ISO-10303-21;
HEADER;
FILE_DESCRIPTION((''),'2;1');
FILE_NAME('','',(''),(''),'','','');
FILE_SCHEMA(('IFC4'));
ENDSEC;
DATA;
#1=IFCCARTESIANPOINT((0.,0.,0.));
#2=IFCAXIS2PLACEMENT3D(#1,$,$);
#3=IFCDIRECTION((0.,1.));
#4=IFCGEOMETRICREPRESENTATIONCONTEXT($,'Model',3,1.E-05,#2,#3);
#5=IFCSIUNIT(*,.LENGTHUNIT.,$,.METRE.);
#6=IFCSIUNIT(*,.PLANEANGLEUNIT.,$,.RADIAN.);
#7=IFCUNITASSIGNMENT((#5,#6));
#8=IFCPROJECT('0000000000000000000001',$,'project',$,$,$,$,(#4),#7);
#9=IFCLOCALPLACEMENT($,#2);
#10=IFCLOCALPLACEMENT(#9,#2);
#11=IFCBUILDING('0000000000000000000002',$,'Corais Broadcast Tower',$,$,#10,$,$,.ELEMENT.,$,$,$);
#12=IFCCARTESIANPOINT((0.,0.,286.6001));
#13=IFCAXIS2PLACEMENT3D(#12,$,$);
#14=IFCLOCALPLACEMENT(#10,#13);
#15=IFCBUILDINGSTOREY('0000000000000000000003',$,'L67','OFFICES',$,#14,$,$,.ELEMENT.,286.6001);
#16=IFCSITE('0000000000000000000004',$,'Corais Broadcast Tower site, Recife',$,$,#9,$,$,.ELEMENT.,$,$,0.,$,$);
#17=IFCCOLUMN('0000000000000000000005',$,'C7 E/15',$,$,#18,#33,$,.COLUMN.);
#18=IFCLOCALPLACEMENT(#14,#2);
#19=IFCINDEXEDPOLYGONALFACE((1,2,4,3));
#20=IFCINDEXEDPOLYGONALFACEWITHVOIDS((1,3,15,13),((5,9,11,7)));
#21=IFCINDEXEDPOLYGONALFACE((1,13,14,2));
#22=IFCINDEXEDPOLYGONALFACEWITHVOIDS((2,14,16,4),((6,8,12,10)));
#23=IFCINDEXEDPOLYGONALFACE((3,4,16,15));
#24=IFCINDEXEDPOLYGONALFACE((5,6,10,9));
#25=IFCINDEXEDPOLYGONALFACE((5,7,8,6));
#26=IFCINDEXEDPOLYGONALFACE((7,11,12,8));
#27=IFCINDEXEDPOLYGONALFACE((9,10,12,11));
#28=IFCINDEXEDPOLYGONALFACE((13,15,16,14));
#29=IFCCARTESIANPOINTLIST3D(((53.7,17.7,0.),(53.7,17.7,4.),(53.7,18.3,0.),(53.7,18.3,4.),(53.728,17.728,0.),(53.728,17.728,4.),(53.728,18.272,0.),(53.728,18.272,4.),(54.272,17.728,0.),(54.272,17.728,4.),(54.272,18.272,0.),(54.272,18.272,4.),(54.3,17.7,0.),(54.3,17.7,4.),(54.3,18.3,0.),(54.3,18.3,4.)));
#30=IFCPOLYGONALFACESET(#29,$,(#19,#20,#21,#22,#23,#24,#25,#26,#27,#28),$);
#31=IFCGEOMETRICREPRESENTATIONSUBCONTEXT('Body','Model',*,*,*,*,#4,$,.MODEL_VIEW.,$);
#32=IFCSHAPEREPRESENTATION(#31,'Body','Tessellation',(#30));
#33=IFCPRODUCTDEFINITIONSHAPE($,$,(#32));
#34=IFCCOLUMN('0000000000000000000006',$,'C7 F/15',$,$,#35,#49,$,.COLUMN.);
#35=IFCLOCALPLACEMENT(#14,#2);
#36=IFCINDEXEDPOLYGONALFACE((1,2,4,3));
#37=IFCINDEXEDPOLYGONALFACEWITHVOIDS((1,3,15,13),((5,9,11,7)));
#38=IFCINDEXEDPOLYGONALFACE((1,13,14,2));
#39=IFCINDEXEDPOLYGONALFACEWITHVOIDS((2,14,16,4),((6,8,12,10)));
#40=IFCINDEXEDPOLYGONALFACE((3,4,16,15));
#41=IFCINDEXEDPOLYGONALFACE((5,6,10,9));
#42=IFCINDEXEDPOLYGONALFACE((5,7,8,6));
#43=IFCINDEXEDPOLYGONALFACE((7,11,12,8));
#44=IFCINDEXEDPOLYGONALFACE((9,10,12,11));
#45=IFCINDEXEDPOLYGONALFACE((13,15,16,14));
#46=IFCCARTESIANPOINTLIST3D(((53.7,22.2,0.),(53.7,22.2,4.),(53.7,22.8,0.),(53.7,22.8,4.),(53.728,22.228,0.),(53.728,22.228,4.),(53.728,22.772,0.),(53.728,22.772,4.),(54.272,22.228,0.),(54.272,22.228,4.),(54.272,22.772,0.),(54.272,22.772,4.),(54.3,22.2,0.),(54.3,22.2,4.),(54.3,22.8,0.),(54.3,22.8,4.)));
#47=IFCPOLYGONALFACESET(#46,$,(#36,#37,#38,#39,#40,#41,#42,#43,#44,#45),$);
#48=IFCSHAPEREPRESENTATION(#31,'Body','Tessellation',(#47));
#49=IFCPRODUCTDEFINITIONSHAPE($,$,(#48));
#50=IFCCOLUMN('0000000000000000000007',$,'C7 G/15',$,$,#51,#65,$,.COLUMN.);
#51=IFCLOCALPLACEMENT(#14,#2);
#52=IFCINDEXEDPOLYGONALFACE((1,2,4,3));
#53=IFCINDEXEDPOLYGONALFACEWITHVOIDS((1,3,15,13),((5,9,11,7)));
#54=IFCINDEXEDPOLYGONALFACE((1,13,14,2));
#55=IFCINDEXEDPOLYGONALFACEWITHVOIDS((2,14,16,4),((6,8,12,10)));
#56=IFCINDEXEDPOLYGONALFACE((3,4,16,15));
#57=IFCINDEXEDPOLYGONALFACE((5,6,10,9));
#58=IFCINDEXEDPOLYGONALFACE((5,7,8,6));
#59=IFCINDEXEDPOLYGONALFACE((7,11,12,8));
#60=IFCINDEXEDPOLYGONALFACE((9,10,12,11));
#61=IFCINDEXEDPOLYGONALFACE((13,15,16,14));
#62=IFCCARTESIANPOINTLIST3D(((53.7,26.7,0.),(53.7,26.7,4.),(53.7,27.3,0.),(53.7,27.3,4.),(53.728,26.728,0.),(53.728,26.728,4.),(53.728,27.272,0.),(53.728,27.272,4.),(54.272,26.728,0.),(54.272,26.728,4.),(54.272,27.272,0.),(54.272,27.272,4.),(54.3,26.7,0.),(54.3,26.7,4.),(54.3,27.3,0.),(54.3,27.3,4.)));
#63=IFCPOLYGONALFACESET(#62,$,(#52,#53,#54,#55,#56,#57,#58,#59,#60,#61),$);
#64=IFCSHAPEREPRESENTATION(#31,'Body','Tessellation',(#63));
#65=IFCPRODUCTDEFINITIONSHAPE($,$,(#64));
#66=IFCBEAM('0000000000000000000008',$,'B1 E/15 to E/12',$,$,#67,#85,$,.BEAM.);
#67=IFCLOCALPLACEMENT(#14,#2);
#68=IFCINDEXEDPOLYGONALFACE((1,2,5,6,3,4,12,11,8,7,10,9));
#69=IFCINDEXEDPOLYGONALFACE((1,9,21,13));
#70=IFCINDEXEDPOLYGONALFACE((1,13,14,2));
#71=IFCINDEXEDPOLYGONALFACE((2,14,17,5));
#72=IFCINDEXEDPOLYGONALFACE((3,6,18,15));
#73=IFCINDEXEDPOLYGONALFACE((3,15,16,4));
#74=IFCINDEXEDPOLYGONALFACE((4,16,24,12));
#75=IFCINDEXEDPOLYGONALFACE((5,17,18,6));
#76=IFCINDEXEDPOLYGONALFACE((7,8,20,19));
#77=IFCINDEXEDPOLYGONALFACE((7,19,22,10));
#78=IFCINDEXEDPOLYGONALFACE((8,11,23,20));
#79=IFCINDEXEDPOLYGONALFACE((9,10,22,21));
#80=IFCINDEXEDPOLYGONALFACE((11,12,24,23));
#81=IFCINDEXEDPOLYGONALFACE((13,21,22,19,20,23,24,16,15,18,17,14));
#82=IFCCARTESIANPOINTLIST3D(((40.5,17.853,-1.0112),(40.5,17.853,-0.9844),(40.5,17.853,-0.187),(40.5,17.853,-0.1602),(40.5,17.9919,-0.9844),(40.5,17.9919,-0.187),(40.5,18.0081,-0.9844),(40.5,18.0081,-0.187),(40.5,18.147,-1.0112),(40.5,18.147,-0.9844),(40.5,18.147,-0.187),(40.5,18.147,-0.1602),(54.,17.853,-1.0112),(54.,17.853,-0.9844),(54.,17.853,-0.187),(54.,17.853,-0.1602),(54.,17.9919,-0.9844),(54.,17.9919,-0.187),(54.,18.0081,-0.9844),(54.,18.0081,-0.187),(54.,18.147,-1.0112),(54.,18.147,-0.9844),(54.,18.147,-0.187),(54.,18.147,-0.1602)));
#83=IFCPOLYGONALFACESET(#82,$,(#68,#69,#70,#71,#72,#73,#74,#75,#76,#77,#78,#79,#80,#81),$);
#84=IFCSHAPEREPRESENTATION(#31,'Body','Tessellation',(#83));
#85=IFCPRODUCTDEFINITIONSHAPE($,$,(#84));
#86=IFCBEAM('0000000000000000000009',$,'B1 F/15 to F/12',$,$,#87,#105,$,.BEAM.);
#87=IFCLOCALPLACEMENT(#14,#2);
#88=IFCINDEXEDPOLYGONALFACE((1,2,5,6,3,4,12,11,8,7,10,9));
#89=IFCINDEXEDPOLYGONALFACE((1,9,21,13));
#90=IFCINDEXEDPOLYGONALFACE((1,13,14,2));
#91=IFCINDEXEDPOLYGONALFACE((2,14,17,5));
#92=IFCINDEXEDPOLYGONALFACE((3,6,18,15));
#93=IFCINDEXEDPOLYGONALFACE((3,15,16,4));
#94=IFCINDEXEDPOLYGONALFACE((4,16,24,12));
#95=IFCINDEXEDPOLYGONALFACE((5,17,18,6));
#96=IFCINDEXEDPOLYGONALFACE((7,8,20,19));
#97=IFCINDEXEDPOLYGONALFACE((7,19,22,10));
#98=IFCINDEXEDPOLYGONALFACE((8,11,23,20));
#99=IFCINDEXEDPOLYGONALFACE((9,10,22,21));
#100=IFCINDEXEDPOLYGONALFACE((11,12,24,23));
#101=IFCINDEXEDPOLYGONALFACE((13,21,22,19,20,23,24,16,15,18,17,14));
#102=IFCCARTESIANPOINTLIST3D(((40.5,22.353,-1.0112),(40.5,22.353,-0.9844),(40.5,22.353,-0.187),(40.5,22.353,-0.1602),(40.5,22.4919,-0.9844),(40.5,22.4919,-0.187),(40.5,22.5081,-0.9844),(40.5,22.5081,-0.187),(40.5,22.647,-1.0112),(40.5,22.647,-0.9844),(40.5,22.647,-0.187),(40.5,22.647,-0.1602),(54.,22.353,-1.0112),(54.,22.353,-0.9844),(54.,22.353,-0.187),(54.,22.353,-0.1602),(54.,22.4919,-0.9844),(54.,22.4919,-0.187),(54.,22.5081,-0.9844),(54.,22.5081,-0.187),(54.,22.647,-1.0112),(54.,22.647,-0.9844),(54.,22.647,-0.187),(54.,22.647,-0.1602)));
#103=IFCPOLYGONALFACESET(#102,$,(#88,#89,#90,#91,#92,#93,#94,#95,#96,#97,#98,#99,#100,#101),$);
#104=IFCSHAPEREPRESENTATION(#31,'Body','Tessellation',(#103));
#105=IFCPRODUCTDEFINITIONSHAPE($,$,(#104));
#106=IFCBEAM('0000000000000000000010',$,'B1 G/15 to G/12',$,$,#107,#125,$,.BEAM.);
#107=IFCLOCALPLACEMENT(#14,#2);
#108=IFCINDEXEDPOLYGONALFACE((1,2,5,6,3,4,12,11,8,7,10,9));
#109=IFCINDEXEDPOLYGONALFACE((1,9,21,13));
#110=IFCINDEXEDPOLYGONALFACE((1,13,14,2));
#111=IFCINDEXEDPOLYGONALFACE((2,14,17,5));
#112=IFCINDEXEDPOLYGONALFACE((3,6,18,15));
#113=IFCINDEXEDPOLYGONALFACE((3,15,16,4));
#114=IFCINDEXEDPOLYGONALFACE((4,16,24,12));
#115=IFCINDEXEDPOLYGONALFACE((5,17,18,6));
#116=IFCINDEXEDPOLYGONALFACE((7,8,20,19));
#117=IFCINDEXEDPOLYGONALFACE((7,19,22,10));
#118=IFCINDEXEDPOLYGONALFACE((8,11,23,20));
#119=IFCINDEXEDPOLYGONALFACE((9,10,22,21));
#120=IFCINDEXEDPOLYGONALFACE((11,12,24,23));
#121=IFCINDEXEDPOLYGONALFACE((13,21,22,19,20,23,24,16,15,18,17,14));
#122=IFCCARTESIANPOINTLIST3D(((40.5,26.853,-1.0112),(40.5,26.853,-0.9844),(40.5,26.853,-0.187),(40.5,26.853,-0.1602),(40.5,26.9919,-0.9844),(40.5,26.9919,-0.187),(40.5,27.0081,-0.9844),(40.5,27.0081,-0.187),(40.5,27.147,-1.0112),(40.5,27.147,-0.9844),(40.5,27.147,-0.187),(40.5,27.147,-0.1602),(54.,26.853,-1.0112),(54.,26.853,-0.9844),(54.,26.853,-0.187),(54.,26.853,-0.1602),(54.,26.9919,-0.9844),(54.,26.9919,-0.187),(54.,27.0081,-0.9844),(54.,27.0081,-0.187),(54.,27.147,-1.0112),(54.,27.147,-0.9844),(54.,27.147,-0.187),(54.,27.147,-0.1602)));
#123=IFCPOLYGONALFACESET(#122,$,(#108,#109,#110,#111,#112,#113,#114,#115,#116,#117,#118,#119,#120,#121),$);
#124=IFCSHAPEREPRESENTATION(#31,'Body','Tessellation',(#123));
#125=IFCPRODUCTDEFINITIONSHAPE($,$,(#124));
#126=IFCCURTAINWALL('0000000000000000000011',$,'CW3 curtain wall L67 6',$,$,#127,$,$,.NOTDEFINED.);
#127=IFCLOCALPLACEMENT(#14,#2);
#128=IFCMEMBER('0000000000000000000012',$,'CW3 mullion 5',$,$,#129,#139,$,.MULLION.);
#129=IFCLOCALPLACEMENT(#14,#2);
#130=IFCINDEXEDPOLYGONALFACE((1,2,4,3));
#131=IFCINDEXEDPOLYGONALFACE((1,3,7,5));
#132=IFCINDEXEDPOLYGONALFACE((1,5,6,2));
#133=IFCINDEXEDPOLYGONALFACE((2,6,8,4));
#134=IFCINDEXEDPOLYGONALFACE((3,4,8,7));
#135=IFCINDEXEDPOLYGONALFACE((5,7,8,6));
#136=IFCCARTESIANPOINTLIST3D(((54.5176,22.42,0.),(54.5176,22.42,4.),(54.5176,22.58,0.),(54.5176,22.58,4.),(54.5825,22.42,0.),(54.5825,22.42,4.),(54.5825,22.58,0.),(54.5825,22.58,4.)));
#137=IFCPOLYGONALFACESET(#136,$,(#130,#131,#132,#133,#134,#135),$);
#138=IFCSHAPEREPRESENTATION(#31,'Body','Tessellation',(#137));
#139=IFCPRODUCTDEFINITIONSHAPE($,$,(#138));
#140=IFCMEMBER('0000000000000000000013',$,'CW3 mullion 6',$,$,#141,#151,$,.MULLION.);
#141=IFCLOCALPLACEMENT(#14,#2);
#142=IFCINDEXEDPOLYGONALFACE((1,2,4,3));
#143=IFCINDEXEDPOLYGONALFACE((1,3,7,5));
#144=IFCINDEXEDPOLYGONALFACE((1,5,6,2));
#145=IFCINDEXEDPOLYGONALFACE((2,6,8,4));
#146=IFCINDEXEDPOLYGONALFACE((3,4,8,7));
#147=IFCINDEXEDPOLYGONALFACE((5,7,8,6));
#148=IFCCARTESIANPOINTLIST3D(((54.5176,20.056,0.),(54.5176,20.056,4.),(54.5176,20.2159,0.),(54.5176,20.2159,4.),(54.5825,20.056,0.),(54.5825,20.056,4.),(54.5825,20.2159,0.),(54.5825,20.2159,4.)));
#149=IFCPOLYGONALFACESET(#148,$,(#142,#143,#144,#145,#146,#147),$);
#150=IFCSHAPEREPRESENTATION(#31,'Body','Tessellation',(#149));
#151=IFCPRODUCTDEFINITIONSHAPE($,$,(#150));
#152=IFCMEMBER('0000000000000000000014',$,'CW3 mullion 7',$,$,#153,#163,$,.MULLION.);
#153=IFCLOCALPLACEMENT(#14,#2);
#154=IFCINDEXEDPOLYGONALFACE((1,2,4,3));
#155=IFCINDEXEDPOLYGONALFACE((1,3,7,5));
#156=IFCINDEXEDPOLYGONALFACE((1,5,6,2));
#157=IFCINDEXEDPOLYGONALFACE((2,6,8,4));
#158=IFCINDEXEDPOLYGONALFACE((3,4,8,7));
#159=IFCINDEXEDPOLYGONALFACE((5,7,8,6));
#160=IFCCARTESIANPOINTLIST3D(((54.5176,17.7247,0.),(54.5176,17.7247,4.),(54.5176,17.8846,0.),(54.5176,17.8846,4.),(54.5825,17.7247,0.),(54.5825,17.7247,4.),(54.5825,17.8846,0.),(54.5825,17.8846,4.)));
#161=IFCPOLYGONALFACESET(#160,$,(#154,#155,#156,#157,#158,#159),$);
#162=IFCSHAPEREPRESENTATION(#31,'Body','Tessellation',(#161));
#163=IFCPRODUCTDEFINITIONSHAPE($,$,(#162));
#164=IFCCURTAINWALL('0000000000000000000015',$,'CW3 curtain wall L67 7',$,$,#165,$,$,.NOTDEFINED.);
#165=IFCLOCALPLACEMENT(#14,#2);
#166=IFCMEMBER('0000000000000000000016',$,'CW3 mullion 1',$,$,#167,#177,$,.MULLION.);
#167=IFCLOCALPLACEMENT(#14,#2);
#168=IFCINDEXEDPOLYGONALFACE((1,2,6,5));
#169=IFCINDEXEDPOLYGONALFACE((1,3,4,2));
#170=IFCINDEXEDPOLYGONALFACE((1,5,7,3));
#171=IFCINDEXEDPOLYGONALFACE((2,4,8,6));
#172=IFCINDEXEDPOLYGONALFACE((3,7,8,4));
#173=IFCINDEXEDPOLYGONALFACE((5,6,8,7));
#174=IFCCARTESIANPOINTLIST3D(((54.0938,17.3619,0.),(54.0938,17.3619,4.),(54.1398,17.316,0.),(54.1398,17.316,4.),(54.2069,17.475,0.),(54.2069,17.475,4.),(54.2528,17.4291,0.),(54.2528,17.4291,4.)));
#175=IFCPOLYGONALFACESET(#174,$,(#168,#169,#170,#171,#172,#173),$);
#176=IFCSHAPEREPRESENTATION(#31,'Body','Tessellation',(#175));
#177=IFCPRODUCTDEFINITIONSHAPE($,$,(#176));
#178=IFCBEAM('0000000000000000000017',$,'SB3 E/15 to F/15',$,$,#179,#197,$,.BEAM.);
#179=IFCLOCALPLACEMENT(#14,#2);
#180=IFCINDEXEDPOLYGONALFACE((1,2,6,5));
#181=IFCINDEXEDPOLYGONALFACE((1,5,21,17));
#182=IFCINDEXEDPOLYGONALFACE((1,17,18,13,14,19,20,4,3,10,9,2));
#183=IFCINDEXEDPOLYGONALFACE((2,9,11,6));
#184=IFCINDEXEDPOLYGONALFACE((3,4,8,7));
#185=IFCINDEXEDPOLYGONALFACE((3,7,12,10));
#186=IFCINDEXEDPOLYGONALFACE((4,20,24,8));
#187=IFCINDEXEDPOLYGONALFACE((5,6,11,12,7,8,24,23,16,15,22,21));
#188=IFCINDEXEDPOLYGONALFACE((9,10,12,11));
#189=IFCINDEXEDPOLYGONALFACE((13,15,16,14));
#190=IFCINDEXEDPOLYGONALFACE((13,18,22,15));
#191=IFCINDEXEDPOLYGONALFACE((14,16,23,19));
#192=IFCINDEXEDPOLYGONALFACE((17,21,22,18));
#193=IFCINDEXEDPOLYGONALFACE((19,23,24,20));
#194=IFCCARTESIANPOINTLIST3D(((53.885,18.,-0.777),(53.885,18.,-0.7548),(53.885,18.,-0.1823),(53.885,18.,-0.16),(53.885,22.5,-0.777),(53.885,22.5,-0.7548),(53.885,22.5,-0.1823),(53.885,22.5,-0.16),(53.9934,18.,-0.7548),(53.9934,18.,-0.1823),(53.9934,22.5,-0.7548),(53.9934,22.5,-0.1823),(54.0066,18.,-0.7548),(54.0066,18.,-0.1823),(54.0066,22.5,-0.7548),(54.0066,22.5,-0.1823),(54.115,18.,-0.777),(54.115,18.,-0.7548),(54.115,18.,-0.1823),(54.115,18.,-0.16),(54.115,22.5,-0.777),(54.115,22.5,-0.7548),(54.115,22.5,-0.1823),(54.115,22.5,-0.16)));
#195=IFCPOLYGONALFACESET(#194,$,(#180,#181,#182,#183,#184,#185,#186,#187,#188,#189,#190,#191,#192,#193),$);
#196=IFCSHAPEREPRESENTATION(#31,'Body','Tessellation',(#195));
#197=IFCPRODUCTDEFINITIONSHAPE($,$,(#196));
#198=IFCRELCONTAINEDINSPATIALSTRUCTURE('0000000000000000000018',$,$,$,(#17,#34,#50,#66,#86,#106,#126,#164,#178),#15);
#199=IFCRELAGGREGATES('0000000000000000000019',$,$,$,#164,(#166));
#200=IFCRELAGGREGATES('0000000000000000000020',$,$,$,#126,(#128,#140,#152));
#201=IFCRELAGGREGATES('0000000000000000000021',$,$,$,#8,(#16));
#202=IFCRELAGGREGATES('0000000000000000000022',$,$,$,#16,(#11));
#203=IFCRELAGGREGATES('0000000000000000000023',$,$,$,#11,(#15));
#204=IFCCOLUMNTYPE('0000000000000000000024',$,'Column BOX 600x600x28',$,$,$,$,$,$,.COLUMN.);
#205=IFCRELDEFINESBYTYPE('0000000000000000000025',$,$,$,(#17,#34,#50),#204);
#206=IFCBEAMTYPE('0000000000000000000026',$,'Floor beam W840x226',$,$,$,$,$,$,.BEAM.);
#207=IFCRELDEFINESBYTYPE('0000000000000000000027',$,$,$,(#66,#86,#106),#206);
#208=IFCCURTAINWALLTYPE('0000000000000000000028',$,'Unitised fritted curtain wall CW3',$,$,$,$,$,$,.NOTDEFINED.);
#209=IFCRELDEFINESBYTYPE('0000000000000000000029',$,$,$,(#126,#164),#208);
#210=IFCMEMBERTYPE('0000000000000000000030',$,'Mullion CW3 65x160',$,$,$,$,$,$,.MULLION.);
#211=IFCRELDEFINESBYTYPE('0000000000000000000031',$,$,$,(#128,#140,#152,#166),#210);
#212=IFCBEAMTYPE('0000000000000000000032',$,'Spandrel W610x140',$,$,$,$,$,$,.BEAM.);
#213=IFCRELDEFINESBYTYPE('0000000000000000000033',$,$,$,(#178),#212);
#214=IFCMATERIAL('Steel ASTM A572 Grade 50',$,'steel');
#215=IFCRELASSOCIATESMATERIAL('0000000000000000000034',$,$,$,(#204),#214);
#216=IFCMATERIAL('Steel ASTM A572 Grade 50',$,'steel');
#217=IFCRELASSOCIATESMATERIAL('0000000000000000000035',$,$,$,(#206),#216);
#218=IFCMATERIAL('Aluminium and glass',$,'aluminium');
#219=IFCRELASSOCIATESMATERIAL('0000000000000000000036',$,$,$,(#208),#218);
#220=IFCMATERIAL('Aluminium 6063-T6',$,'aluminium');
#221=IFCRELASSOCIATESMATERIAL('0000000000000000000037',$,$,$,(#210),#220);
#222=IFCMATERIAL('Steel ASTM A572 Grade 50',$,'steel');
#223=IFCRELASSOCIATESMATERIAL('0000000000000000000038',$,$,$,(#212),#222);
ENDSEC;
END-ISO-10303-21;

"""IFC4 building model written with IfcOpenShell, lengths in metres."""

from ifc_helpers import new_model, si_unit, direction, frame, origin, origin_2d, place, context, subcontext, project, spatial, rectangle, hollow_rectangle, i_section, extrude, material, material_profile, profile_set, type_object, element, aggregate, save


model = new_model("IFC4")

# Units and contexts
model_context = context("Model", 3, precision=1e-05, world=origin(), true_north=direction((0.0, 1.0)))
body_context = subcontext(model_context, "Body", "Model", "MODEL_VIEW")
ifc_project = project(units=[si_unit("LENGTHUNIT", "METRE"), si_unit("PLANEANGLEUNIT", "RADIAN")], contexts=[model_context])

# Site, building, storey
site_placement = place(None, origin())
site = spatial("IfcSite", under=ifc_project, at=site_placement, Name="Corais Broadcast Tower site, Recife", CompositionType="ELEMENT", RefElevation=0.0)
building_placement = place(site_placement, origin())
building = spatial("IfcBuilding", under=site, at=building_placement, Name="Corais Broadcast Tower", CompositionType="ELEMENT")
storey_placement = place(building_placement, frame((0.0, 0.0, 286.6001)))
storey = spatial("IfcBuildingStorey", under=building, at=storey_placement, Name="L67", Description="OFFICES", CompositionType="ELEMENT", Elevation=286.6001)

# Columns
ifc_material_1 = material(Name="Steel ASTM A572 Grade 50", Category="steel")
ifc_material_profile_1 = material_profile(ifc_material_1, hollow_rectangle(XDim=0.6001, YDim=0.6001, WallThickness=0.0281, at=origin_2d()), Name="BOX 600x600x28")
ifc_profile_set_1 = profile_set([ifc_material_profile_1], Name="Steel ASTM A572 Grade 50")
column_type = type_object("IfcColumnType", Name="Column BOX 600x600x28", PredefinedType="COLUMN", material=ifc_profile_set_1)
for number, where, z_axis, x_axis, name in (
    (1, (54.0, 18.0, 0.0), (0.0, 0.0, 1.0), (1.0, 0.0, 0.0), "C7 E/15"),
    (2, (54.0, 22.5, 0.0), (0.0, 0.0, 1.0), (1.0, 0.0, 0.0), "C7 F/15"),
    (3, (54.0, 27.0, 0.0), (0.0, 0.0, 1.0), (1.0, 0.0, 0.0), "C7 G/15"),
):
    element("IfcColumn", number, at=place(storey_placement, frame(where, z_axis=z_axis, x_axis=x_axis)), inside=storey, type_object=column_type, Name=name, PredefinedType="COLUMN", context=body_context, shape_type="SweptSolid", body=[
        extrude(hollow_rectangle(XDim=0.6001, YDim=0.6001, WallThickness=0.0281, at=origin_2d()), origin(), (0.0, 0.0, 1.0), 4.0),
    ])

# Beams
ifc_material_2 = material(Name="Steel ASTM A572 Grade 50", Category="steel")
ifc_material_profile_2 = material_profile(ifc_material_2, i_section(OverallWidth=0.2939, OverallDepth=0.8511, WebThickness=0.0161, FlangeThickness=0.0269, at=origin_2d()), Name="W840x226")
ifc_profile_set_2 = profile_set([ifc_material_profile_2], Name="Steel ASTM A572 Grade 50")
beam_type_1 = type_object("IfcBeamType", Name="Floor beam W840x226", PredefinedType="BEAM", material=ifc_profile_set_2)
for number, where, z_axis, x_axis, name in (
    (4, (54.0, 18.0, -0.5857), (-1.0, 0.0, 0.0), (0.0, -1.0, 0.0), "B1 E/15 to E/12"),
    (5, (54.0, 22.5, -0.5857), (-1.0, 0.0, 0.0), (0.0, -1.0, 0.0), "B1 F/15 to F/12"),
    (6, (54.0, 27.0, -0.5857), (-1.0, 0.0, 0.0), (0.0, -1.0, 0.0), "B1 G/15 to G/12"),
):
    element("IfcBeam", number, at=place(storey_placement, frame(where, z_axis=z_axis, x_axis=x_axis)), inside=storey, type_object=beam_type_1, Name=name, PredefinedType="BEAM", context=body_context, shape_type="SweptSolid", body=[
        extrude(i_section(OverallWidth=0.2939, OverallDepth=0.8511, WebThickness=0.0161, FlangeThickness=0.0269, at=origin_2d()), origin(), (0.0, 0.0, 1.0), 13.5),
    ])

# Curtain wall, members
ifc_material_3 = material(Name="Aluminium and glass", Category="aluminium")
curtain_wall_type = type_object("IfcCurtainWallType", Name="Unitised fritted curtain wall CW3", PredefinedType="NOTDEFINED", material=ifc_material_3)
curtain_wall_1_placement = place(storey_placement, origin())
curtain_wall_1 = element("IfcCurtainWall", 7, at=curtain_wall_1_placement, inside=storey, type_object=curtain_wall_type, Name="CW3 curtain wall L67 6", PredefinedType="NOTDEFINED")
ifc_material_4 = material(Name="Aluminium 6063-T6", Category="aluminium")
ifc_material_profile_3 = material_profile(ifc_material_4, rectangle(XDim=0.0649, YDim=0.1599, at=origin_2d()), Name="Mullion CW3 65x160")
ifc_profile_set_3 = profile_set([ifc_material_profile_3], Name="Aluminium 6063-T6")
member_type_1 = type_object("IfcMemberType", Name="Mullion CW3 65x160", PredefinedType="MULLION", material=ifc_profile_set_3)
member_1_placement = place(storey_placement, frame((54.55, 22.5, 0.0), z_axis=(0.0, 0.0, 1.0), x_axis=(1.0, 0.0, 0.0)))
member_1 = element("IfcMember", 8, at=member_1_placement, type_object=member_type_1, Name="CW3 mullion 5", PredefinedType="MULLION", context=body_context, shape_type="SweptSolid", body=[
    extrude(rectangle(XDim=0.0649, YDim=0.1599, at=origin_2d()), origin(), (0.0, 0.0, 1.0), 4.0),
])
member_2_placement = place(storey_placement, frame((54.55, 20.136, 0.0), z_axis=(0.0, 0.0, 1.0), x_axis=(1.0, 0.0, 0.0)))
member_2 = element("IfcMember", 9, at=member_2_placement, type_object=member_type_1, Name="CW3 mullion 6", PredefinedType="MULLION", context=body_context, shape_type="SweptSolid", body=[
    extrude(rectangle(XDim=0.0649, YDim=0.1599, at=origin_2d()), origin(), (0.0, 0.0, 1.0), 4.0),
])
member_3_placement = place(storey_placement, frame((54.55, 17.8047, 0.0), z_axis=(0.0, 0.0, 1.0), x_axis=(1.0, 0.0, 0.0)))
member_3 = element("IfcMember", 10, at=member_3_placement, type_object=member_type_1, Name="CW3 mullion 7", PredefinedType="MULLION", context=body_context, shape_type="SweptSolid", body=[
    extrude(rectangle(XDim=0.0649, YDim=0.1599, at=origin_2d()), origin(), (0.0, 0.0, 1.0), 4.0),
])

# Curtain wall, member
curtain_wall_2_placement = place(storey_placement, origin())
curtain_wall_2 = element("IfcCurtainWall", 11, at=curtain_wall_2_placement, inside=storey, type_object=curtain_wall_type, Name="CW3 curtain wall L67 7", PredefinedType="NOTDEFINED")
member_4_placement = place(storey_placement, frame((54.1733, 17.3955, 0.0), z_axis=(0.0, 0.0, 1.0), x_axis=(0.707107, -0.707107, 0.0)))
member_4 = element("IfcMember", 12, at=member_4_placement, type_object=member_type_1, Name="CW3 mullion 1", PredefinedType="MULLION", context=body_context, shape_type="SweptSolid", body=[
    extrude(rectangle(XDim=0.0649, YDim=0.1599, at=origin_2d()), origin(), (0.0, 0.0, 1.0), 4.0),
])

# Beam
ifc_material_5 = material(Name="Steel ASTM A572 Grade 50", Category="steel")
ifc_material_profile_4 = material_profile(ifc_material_5, i_section(OverallWidth=0.23, OverallDepth=0.6169, WebThickness=0.0132, FlangeThickness=0.0222, at=origin_2d()), Name="W610x140")
ifc_profile_set_4 = profile_set([ifc_material_profile_4], Name="Steel ASTM A572 Grade 50")
beam_type_2 = type_object("IfcBeamType", Name="Spandrel W610x140", PredefinedType="BEAM", material=ifc_profile_set_4)
for number, where, z_axis, x_axis, name in (
    (13, (54.0, 18.0, -0.4685), (0.0, 1.0, 0.0), (-1.0, 0.0, 0.0), "SB3 E/15 to F/15"),
):
    element("IfcBeam", number, at=place(storey_placement, frame(where, z_axis=z_axis, x_axis=x_axis)), inside=storey, type_object=beam_type_2, Name=name, PredefinedType="BEAM", context=body_context, shape_type="SweptSolid", body=[
        extrude(i_section(OverallWidth=0.23, OverallDepth=0.6169, WebThickness=0.0132, FlangeThickness=0.0222, at=origin_2d()), origin(), (0.0, 0.0, 1.0), 4.5),
    ])

aggregate(curtain_wall_2, [member_4])
aggregate(curtain_wall_1, [member_1, member_2, member_3])

save(model, "model.ifc")
